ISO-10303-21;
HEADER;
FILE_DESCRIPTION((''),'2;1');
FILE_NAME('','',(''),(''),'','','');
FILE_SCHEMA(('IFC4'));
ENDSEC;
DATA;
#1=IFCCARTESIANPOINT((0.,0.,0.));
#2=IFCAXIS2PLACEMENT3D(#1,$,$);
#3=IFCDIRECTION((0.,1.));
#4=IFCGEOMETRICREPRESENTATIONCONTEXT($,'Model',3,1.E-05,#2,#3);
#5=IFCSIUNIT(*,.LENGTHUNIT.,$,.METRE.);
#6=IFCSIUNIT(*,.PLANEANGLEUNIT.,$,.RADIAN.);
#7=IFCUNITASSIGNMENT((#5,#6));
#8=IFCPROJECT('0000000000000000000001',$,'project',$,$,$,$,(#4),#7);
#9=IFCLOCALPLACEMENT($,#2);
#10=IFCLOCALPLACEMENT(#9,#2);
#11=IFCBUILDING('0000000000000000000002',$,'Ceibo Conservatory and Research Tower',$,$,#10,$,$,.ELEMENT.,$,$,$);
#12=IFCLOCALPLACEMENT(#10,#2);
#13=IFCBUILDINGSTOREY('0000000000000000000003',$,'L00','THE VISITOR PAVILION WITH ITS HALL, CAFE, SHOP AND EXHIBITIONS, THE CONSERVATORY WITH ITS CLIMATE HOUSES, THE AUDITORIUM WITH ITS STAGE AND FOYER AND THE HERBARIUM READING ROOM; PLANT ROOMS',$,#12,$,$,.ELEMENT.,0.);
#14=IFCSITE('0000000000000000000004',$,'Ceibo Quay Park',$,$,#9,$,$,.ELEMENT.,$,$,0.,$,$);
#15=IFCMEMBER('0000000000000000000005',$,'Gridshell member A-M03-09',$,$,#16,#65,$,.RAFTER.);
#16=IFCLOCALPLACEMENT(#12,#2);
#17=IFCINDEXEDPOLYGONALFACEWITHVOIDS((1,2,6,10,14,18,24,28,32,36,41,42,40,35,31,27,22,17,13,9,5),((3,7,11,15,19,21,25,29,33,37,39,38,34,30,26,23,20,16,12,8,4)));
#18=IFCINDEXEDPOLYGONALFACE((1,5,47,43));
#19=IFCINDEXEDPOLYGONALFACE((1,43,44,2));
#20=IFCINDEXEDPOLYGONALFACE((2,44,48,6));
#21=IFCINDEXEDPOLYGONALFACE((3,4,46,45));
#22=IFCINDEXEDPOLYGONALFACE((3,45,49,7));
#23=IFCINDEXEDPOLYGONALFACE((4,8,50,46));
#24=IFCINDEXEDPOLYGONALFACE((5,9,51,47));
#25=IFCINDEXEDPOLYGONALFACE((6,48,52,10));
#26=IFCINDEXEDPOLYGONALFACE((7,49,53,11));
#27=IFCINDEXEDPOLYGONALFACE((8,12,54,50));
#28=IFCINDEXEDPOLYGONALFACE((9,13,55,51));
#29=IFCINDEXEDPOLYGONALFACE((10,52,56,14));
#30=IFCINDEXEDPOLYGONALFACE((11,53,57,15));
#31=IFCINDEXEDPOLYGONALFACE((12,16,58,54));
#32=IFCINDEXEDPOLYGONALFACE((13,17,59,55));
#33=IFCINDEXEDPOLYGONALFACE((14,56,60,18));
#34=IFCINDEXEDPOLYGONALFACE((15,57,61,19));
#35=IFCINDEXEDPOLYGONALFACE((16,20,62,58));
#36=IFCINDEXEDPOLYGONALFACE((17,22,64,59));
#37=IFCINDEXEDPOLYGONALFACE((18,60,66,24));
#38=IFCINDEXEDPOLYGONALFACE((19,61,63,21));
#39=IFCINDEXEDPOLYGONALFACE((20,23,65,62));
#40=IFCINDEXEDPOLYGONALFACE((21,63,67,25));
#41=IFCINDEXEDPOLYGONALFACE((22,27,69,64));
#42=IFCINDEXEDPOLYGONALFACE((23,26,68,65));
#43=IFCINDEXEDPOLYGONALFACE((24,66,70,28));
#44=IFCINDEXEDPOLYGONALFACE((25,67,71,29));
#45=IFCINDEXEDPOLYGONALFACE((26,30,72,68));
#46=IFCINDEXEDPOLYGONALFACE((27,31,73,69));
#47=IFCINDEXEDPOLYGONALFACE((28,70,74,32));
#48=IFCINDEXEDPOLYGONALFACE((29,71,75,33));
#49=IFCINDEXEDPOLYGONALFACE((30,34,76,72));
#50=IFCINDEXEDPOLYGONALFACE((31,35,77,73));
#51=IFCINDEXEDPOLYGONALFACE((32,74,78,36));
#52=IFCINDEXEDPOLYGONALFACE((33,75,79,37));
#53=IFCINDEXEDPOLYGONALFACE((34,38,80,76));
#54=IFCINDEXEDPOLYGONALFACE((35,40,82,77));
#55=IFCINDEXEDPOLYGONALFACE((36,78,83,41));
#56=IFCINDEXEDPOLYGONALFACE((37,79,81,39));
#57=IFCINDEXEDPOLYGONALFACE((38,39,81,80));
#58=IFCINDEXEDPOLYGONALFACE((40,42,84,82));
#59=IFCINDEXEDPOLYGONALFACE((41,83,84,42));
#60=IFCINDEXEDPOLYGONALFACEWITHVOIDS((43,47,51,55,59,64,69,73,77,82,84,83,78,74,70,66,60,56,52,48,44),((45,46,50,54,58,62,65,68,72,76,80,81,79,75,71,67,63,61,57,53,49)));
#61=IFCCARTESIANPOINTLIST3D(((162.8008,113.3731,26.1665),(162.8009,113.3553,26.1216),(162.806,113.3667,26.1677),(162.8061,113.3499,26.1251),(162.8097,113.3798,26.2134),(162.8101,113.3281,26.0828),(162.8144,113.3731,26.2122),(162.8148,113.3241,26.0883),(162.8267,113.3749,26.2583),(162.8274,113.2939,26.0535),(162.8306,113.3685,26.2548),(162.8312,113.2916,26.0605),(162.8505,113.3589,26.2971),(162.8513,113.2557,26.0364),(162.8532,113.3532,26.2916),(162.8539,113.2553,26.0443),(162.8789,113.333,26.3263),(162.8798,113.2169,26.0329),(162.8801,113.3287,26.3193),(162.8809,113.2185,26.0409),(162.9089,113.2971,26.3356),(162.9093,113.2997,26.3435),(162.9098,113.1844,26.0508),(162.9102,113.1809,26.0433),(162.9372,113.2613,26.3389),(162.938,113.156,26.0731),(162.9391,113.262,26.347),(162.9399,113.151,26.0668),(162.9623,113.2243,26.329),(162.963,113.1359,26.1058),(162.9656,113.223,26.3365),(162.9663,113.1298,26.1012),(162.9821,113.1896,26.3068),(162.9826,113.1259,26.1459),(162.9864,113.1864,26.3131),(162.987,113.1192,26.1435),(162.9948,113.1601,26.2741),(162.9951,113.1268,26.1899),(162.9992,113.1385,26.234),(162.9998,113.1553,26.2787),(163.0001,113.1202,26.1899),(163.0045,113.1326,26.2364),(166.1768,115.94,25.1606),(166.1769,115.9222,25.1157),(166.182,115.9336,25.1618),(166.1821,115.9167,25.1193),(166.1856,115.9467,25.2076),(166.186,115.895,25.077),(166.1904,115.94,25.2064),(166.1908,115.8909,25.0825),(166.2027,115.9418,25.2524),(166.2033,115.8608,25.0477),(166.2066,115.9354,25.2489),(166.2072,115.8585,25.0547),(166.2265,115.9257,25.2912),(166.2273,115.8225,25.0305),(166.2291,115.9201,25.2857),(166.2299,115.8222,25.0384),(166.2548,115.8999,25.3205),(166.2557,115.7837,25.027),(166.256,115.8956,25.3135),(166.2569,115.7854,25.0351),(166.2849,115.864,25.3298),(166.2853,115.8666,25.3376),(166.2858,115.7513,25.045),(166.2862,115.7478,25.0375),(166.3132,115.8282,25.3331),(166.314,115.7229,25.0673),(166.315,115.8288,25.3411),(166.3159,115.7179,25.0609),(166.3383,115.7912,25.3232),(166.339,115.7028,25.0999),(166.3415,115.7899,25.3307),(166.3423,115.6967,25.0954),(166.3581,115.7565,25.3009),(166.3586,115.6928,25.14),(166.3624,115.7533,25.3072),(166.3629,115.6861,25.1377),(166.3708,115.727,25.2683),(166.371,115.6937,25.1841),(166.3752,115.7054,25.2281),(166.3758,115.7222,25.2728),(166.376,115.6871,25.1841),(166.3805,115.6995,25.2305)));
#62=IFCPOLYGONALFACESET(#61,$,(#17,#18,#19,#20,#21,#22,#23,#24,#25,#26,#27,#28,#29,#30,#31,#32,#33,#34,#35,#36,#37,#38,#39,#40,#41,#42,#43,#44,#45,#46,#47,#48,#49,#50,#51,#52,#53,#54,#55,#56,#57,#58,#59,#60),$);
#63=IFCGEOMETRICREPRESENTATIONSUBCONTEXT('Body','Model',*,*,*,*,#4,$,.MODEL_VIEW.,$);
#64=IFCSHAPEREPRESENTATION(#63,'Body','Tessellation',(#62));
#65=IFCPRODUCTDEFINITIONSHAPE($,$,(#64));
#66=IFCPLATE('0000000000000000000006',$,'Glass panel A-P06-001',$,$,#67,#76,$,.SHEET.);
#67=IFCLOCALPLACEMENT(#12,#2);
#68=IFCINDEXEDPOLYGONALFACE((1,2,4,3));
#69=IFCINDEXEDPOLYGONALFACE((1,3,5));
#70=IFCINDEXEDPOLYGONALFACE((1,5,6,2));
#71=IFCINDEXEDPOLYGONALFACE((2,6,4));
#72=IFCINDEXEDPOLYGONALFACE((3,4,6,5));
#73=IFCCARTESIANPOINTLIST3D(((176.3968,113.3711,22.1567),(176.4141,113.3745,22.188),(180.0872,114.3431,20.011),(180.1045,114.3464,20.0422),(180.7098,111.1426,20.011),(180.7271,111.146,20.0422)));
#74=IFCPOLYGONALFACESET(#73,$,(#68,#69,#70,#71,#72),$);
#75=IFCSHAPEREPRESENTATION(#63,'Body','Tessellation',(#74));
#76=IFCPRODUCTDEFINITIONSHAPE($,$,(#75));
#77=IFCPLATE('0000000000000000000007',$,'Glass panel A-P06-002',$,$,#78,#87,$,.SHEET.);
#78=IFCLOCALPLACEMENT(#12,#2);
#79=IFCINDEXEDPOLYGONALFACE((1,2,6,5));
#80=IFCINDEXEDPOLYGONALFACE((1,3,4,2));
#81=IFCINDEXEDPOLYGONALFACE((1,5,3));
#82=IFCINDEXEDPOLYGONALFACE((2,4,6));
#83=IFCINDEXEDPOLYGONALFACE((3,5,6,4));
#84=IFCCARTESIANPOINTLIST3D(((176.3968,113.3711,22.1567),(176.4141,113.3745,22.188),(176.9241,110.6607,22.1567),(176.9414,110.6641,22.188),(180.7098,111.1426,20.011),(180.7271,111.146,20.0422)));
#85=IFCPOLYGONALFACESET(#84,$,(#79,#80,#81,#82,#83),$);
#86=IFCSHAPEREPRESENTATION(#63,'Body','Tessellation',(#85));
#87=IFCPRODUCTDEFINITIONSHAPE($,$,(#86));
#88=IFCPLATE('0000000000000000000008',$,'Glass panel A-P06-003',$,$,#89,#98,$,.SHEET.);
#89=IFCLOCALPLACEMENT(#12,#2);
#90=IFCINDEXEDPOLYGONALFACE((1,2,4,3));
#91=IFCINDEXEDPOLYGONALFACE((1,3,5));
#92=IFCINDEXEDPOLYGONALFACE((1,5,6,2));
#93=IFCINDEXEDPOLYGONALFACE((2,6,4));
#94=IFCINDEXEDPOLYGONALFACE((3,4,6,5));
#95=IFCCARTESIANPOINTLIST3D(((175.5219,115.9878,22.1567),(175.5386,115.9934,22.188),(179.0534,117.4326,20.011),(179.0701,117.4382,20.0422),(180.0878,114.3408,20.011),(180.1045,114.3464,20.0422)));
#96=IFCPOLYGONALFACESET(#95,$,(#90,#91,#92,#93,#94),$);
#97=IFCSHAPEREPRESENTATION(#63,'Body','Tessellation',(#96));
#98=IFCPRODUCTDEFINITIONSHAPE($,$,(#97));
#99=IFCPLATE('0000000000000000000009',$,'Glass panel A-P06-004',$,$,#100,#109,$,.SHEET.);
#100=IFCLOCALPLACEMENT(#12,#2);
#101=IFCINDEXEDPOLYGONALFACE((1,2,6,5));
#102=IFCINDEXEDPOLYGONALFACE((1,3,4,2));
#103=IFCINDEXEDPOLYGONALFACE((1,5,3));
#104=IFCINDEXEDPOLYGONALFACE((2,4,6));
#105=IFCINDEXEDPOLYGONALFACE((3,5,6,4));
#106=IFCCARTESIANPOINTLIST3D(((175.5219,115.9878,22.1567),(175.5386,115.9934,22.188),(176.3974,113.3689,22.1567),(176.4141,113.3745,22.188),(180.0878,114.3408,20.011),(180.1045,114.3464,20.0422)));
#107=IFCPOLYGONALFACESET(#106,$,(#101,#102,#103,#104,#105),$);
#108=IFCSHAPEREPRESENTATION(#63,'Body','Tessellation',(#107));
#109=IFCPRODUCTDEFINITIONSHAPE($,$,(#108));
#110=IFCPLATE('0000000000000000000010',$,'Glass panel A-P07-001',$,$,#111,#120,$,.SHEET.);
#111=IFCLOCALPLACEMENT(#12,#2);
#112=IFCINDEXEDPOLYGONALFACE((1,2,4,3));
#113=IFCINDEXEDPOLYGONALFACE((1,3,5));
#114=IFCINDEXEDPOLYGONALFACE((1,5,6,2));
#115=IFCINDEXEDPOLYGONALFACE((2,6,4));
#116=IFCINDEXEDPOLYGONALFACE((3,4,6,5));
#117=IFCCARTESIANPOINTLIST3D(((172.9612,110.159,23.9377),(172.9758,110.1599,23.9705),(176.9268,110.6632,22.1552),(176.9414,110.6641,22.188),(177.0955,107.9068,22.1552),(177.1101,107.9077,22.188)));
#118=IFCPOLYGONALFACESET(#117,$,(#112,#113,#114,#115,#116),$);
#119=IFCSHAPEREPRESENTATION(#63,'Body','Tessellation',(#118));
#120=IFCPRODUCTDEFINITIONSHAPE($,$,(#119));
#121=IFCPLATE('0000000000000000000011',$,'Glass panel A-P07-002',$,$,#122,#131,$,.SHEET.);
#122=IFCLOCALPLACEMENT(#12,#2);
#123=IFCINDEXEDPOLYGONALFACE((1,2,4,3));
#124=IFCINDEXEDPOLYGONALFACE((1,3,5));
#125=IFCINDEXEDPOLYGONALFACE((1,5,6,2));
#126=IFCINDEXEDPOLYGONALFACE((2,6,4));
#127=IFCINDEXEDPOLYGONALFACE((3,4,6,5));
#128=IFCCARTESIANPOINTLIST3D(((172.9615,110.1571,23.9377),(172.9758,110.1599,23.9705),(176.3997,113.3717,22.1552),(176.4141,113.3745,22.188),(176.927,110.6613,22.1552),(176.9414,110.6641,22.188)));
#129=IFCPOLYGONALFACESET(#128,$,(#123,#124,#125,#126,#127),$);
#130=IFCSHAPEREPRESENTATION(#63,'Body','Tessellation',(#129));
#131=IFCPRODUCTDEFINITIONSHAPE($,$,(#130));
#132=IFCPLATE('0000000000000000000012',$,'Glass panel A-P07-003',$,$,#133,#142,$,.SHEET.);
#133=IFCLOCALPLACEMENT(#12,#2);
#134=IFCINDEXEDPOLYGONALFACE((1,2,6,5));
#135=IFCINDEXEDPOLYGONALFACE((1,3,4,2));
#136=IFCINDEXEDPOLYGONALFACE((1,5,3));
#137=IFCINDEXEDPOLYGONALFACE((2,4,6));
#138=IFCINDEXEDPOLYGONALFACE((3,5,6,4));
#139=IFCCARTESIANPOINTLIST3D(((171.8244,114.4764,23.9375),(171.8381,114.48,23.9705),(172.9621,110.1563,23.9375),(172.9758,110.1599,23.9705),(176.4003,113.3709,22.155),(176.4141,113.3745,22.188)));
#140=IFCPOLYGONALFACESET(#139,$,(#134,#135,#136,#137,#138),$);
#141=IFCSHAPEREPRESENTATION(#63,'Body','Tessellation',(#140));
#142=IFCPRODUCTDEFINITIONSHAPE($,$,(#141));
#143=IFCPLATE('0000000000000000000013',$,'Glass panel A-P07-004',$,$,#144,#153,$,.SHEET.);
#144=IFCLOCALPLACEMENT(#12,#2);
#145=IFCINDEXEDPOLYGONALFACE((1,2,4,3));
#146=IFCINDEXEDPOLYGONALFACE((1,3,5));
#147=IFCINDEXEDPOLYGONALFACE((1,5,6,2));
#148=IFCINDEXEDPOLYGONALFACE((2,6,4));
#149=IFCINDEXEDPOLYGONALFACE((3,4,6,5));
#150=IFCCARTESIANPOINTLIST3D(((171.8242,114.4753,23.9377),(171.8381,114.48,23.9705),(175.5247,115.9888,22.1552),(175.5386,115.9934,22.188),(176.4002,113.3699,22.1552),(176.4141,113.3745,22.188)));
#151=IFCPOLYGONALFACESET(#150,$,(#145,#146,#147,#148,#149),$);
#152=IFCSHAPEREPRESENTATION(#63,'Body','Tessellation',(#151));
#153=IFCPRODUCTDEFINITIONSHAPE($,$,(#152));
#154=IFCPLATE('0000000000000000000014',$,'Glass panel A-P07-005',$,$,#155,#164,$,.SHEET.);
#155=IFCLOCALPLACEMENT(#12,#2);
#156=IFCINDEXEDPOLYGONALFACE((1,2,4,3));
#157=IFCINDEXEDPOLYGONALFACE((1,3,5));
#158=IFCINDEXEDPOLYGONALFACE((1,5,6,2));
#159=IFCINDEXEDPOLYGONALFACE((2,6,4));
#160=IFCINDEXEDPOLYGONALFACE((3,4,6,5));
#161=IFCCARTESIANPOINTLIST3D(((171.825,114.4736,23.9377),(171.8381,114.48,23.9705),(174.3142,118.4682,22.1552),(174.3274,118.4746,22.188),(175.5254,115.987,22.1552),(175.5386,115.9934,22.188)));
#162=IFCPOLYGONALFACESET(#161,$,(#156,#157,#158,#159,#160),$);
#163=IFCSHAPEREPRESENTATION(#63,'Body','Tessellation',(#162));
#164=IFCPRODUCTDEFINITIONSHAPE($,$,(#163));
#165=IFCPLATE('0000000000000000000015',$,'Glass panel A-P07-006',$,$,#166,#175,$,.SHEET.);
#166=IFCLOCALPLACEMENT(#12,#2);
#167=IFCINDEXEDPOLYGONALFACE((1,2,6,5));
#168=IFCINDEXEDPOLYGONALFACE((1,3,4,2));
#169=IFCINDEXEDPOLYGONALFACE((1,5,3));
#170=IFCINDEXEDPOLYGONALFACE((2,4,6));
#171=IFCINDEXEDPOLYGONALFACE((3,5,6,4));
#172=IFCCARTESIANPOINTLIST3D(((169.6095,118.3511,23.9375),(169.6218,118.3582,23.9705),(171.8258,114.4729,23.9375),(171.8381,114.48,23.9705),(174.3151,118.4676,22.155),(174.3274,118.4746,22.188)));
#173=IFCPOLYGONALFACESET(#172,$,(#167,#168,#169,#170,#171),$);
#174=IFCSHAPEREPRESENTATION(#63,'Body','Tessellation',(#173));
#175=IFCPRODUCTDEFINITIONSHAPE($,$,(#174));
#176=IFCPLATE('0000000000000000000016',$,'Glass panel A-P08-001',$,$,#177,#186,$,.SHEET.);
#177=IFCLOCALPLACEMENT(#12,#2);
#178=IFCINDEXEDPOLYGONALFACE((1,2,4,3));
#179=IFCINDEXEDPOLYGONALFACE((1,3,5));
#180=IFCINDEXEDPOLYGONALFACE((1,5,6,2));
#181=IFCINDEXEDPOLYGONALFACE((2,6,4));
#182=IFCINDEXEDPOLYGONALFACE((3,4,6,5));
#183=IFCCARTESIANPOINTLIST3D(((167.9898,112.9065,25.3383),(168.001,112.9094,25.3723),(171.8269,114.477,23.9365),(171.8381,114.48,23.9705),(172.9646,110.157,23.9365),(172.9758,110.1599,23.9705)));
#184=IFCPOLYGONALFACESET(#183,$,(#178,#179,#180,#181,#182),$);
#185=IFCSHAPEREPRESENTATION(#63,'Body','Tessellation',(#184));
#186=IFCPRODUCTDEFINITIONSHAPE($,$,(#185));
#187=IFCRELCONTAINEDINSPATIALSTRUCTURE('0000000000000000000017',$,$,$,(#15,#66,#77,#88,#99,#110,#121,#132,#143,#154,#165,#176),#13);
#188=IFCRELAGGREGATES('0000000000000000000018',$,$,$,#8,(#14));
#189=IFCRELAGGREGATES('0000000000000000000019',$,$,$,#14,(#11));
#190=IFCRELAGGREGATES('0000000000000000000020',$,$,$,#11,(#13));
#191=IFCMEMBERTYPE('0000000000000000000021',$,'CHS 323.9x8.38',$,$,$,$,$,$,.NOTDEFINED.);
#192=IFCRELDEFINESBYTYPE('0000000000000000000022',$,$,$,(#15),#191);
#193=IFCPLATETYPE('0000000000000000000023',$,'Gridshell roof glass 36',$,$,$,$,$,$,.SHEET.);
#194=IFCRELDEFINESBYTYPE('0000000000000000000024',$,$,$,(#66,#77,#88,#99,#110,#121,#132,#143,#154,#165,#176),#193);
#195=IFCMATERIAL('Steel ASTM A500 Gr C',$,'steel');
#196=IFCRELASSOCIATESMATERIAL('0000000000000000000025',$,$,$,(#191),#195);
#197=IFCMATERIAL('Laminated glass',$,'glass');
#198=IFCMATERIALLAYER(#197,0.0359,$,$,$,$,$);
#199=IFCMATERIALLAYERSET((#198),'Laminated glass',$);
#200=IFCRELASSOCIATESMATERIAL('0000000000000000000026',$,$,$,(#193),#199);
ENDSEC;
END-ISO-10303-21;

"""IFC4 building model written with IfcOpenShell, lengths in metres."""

from ifc_helpers import new_model, si_unit, direction, frame, origin, origin_2d, place, context, subcontext, project, spatial, polyline, hollow_circle, outline, extrude, material, layer, layer_set, material_profile, profile_set, type_object, element, save


model = new_model("IFC4")

# Units and contexts
model_context = context("Model", 3, precision=1e-05, world=origin(), true_north=direction((0.0, 1.0)))
body_context = subcontext(model_context, "Body", "Model", "MODEL_VIEW")
ifc_project = project(units=[si_unit("LENGTHUNIT", "METRE"), si_unit("PLANEANGLEUNIT", "RADIAN")], contexts=[model_context])

# Site, building, storey
site_placement = place(None, origin())
site = spatial("IfcSite", under=ifc_project, at=site_placement, Name="Ceibo Quay Park", CompositionType="ELEMENT", RefElevation=0.0)
building_placement = place(site_placement, origin())
building = spatial("IfcBuilding", under=site, at=building_placement, Name="Ceibo Conservatory and Research Tower", CompositionType="ELEMENT")
storey_placement = place(building_placement, origin())
storey = spatial("IfcBuildingStorey", under=building, at=storey_placement, Name="L00", Description="THE VISITOR PAVILION WITH ITS HALL, CAFE, SHOP AND EXHIBITIONS, THE CONSERVATORY WITH ITS CLIMATE HOUSES, THE AUDITORIUM WITH ITS STAGE AND FOYER AND THE HERBARIUM READING ROOM; PLANT ROOMS", CompositionType="ELEMENT", Elevation=0.0)

# Member
ifc_material_1 = material(Name="Steel ASTM A500 Gr C", Category="steel")
ifc_material_profile_1 = material_profile(ifc_material_1, hollow_circle(Radius=0.1619, WallThickness=0.0083, at=origin_2d()), Name="CHS 323.9x8.38")
ifc_profile_set_1 = profile_set([ifc_material_profile_1], Name="Steel ASTM A500 Gr C")
member_type_1 = type_object("IfcMemberType", Name="CHS 323.9x8.38", PredefinedType="NOTDEFINED", material=ifc_profile_set_1)
for number, where, z_axis, x_axis, name in (
    (1, (166.2781, 115.8159, 25.1841), (-0.774545, -0.588918, 0.230773), (0.605255, -0.796031, 0.0), "Gridshell member A-M03-09"),
):
    element("IfcMember", number, at=place(storey_placement, frame(where, z_axis=z_axis, x_axis=x_axis)), inside=storey, type_object=member_type_1, Name=name, PredefinedType="RAFTER", context=body_context, shape_type="SweptSolid", body=[
        extrude(hollow_circle(Radius=0.1619, WallThickness=0.0083, at=origin_2d()), origin(), (0.0, 0.0, 1.0), 4.3586),
    ])

# Plates
ifc_material_2 = material(Name="Laminated glass", Category="glass")
ifc_layer = layer(ifc_material_2, 0.0359)
ifc_layer_set = layer_set([ifc_layer], Name="Laminated glass")
plate_type = type_object("IfcPlateType", Name="Gridshell roof glass 36", PredefinedType="SHEET", material=ifc_layer_set)
plate_1_placement = place(storey_placement, frame((180.7271, 111.146, 20.0422), z_axis=(0.48187, 0.093735, 0.871215), x_axis=(-0.190944, 0.981601, 0.0)))
element("IfcPlate", 2, at=plate_1_placement, inside=storey, type_object=plate_type, Name="Glass panel A-P06-001", PredefinedType="SHEET", context=body_context, shape_type="SweptSolid", body=[
    extrude(outline(polyline([(0.0, 0.0), (3.2604, 0.0), (3.0111, 4.371), (0.0, 0.0)])), origin(), (0.0, 0.0, -1.0), 0.0359),
])
plate_2_placement = place(storey_placement, frame((180.7271, 111.146, 20.0422), z_axis=(0.481877, 0.093754, 0.871209), x_axis=(-0.81258, 0.419859, 0.404266)))
element("IfcPlate", 3, at=plate_2_placement, inside=storey, type_object=plate_type, Name="Glass panel A-P06-002", PredefinedType="SHEET", context=body_context, shape_type="SweptSolid", body=[
    extrude(outline(polyline([(0.0, 0.0), (5.3078, 0.0), (3.7413, 2.2739), (0.0, 0.0)])), origin(), (0.0, 0.0, -1.0), 0.0359),
])
plate_3_placement = place(storey_placement, frame((180.1045, 114.3464, 20.0422), z_axis=(0.4656, 0.155776, 0.871178), x_axis=(-0.317283, 0.948331, 0.0)))
element("IfcPlate", 4, at=plate_3_placement, inside=storey, type_object=plate_type, Name="Glass panel A-P06-003", PredefinedType="SHEET", context=body_context, shape_type="SweptSolid", body=[
    extrude(outline(polyline([(0.0, 0.0), (3.2603, 0.0), (3.0106, 4.3705), (0.0, 0.0)])), origin(), (0.0, 0.0, -1.0), 0.0359),
])
plate_4_placement = place(storey_placement, frame((180.1045, 114.3464, 20.0422), z_axis=(0.465569, 0.155638, 0.871219), x_axis=(-0.860356, 0.310339, 0.404324)))
element("IfcPlate", 5, at=plate_4_placement, inside=storey, type_object=plate_type, Name="Glass panel A-P06-004", PredefinedType="SHEET", context=body_context, shape_type="SweptSolid", body=[
    extrude(outline(polyline([(0.0, 0.0), (5.307, 0.0), (3.741, 2.2744), (0.0, 0.0)])), origin(), (0.0, 0.0, -1.0), 0.0359),
])
plate_5_placement = place(storey_placement, frame((172.9758, 110.1599, 23.9705), z_axis=(0.40721, 0.024923, 0.912995), x_axis=(0.82126, -0.447391, -0.354082)))
element("IfcPlate", 6, at=plate_5_placement, inside=storey, type_object=plate_type, Name="Glass panel A-P07-001", PredefinedType="SHEET", context=body_context, shape_type="SweptSolid", body=[
    extrude(outline(polyline([(0.0, 0.0), (5.0341, 0.0), (3.6624, 2.3967), (0.0, 0.0)])), origin(), (0.0, 0.0, -1.0), 0.0359),
])
plate_6_placement = place(storey_placement, frame((172.9758, 110.1599, 23.9705), z_axis=(0.400471, 0.077915, 0.912991), x_axis=(0.906026, 0.115185, -0.407246)))
element("IfcPlate", 7, at=plate_6_placement, inside=storey, type_object=plate_type, Name="Glass panel A-P07-002", PredefinedType="SHEET", context=body_context, shape_type="SweptSolid", body=[
    extrude(outline(polyline([(0.0, 0.0), (4.3769, 0.0), (4.2113, 2.7563), (0.0, 0.0)])), origin(), (0.0, 0.0, -1.0), 0.0359),
])
plate_7_placement = place(storey_placement, frame((172.9758, 110.1599, 23.9705), z_axis=(0.38214, 0.100637, 0.918608), x_axis=(0.683122, 0.638689, -0.354148)))
element("IfcPlate", 8, at=plate_7_placement, inside=storey, type_object=plate_type, Name="Glass panel A-P07-003", PredefinedType="SHEET", context=body_context, shape_type="SweptSolid", body=[
    extrude(outline(polyline([(0.0, 0.0), (5.0331, 0.0), (1.982, 4.0036), (0.0, 0.0)])), origin(), (0.0, 0.0, -1.0), 0.0359),
])
plate_8_placement = place(storey_placement, frame((171.8381, 114.48, 23.9705), z_axis=(0.386892, 0.129337, 0.91301), x_axis=(0.909054, -0.219613, -0.354106)))
element("IfcPlate", 9, at=plate_8_placement, inside=storey, type_object=plate_type, Name="Glass panel A-P07-004", PredefinedType="SHEET", context=body_context, shape_type="SweptSolid", body=[
    extrude(outline(polyline([(0.0, 0.0), (5.0337, 0.0), (3.6627, 2.397), (0.0, 0.0)])), origin(), (0.0, 0.0, -1.0), 0.0359),
])
plate_9_placement = place(storey_placement, frame((171.8381, 114.48, 23.9705), z_axis=(0.366599, 0.178953, 0.913007), x_axis=(0.845367, 0.345743, -0.407206)))
element("IfcPlate", 10, at=plate_9_placement, inside=storey, type_object=plate_type, Name="Glass panel A-P07-005", PredefinedType="SHEET", context=body_context, shape_type="SweptSolid", body=[
    extrude(outline(polyline([(0.0, 0.0), (4.3773, 0.0), (4.2113, 2.756), (0.0, 0.0)])), origin(), (0.0, 0.0, -1.0), 0.0359),
])
plate_10_placement = place(storey_placement, frame((171.8381, 114.48, 23.9705), z_axis=(0.343113, 0.196083, 0.918599), x_axis=(0.494591, 0.793694, -0.35416)))
element("IfcPlate", 11, at=plate_10_placement, inside=storey, type_object=plate_type, Name="Glass panel A-P07-006", PredefinedType="SHEET", context=body_context, shape_type="SweptSolid", body=[
    extrude(outline(polyline([(0.0, 0.0), (5.033, 0.0), (1.9819, 4.003), (0.0, 0.0)])), origin(), (0.0, 0.0, -1.0), 0.0359),
])
plate_11_placement = place(storey_placement, frame((172.9758, 110.1599, 23.9705), z_axis=(0.312137, 0.082202, 0.946474), x_axis=(-0.254668, 0.967029, 0.0)))
element("IfcPlate", 12, at=plate_11_placement, inside=storey, type_object=plate_type, Name="Glass panel A-P08-001", PredefinedType="SHEET", context=body_context, shape_type="SweptSolid", body=[
    extrude(outline(polyline([(0.0, 0.0), (4.4674, 0.0), (3.9258, 4.3431), (0.0, 0.0)])), origin(), (0.0, 0.0, -1.0), 0.0359),
])

save(model, "model.ifc")
